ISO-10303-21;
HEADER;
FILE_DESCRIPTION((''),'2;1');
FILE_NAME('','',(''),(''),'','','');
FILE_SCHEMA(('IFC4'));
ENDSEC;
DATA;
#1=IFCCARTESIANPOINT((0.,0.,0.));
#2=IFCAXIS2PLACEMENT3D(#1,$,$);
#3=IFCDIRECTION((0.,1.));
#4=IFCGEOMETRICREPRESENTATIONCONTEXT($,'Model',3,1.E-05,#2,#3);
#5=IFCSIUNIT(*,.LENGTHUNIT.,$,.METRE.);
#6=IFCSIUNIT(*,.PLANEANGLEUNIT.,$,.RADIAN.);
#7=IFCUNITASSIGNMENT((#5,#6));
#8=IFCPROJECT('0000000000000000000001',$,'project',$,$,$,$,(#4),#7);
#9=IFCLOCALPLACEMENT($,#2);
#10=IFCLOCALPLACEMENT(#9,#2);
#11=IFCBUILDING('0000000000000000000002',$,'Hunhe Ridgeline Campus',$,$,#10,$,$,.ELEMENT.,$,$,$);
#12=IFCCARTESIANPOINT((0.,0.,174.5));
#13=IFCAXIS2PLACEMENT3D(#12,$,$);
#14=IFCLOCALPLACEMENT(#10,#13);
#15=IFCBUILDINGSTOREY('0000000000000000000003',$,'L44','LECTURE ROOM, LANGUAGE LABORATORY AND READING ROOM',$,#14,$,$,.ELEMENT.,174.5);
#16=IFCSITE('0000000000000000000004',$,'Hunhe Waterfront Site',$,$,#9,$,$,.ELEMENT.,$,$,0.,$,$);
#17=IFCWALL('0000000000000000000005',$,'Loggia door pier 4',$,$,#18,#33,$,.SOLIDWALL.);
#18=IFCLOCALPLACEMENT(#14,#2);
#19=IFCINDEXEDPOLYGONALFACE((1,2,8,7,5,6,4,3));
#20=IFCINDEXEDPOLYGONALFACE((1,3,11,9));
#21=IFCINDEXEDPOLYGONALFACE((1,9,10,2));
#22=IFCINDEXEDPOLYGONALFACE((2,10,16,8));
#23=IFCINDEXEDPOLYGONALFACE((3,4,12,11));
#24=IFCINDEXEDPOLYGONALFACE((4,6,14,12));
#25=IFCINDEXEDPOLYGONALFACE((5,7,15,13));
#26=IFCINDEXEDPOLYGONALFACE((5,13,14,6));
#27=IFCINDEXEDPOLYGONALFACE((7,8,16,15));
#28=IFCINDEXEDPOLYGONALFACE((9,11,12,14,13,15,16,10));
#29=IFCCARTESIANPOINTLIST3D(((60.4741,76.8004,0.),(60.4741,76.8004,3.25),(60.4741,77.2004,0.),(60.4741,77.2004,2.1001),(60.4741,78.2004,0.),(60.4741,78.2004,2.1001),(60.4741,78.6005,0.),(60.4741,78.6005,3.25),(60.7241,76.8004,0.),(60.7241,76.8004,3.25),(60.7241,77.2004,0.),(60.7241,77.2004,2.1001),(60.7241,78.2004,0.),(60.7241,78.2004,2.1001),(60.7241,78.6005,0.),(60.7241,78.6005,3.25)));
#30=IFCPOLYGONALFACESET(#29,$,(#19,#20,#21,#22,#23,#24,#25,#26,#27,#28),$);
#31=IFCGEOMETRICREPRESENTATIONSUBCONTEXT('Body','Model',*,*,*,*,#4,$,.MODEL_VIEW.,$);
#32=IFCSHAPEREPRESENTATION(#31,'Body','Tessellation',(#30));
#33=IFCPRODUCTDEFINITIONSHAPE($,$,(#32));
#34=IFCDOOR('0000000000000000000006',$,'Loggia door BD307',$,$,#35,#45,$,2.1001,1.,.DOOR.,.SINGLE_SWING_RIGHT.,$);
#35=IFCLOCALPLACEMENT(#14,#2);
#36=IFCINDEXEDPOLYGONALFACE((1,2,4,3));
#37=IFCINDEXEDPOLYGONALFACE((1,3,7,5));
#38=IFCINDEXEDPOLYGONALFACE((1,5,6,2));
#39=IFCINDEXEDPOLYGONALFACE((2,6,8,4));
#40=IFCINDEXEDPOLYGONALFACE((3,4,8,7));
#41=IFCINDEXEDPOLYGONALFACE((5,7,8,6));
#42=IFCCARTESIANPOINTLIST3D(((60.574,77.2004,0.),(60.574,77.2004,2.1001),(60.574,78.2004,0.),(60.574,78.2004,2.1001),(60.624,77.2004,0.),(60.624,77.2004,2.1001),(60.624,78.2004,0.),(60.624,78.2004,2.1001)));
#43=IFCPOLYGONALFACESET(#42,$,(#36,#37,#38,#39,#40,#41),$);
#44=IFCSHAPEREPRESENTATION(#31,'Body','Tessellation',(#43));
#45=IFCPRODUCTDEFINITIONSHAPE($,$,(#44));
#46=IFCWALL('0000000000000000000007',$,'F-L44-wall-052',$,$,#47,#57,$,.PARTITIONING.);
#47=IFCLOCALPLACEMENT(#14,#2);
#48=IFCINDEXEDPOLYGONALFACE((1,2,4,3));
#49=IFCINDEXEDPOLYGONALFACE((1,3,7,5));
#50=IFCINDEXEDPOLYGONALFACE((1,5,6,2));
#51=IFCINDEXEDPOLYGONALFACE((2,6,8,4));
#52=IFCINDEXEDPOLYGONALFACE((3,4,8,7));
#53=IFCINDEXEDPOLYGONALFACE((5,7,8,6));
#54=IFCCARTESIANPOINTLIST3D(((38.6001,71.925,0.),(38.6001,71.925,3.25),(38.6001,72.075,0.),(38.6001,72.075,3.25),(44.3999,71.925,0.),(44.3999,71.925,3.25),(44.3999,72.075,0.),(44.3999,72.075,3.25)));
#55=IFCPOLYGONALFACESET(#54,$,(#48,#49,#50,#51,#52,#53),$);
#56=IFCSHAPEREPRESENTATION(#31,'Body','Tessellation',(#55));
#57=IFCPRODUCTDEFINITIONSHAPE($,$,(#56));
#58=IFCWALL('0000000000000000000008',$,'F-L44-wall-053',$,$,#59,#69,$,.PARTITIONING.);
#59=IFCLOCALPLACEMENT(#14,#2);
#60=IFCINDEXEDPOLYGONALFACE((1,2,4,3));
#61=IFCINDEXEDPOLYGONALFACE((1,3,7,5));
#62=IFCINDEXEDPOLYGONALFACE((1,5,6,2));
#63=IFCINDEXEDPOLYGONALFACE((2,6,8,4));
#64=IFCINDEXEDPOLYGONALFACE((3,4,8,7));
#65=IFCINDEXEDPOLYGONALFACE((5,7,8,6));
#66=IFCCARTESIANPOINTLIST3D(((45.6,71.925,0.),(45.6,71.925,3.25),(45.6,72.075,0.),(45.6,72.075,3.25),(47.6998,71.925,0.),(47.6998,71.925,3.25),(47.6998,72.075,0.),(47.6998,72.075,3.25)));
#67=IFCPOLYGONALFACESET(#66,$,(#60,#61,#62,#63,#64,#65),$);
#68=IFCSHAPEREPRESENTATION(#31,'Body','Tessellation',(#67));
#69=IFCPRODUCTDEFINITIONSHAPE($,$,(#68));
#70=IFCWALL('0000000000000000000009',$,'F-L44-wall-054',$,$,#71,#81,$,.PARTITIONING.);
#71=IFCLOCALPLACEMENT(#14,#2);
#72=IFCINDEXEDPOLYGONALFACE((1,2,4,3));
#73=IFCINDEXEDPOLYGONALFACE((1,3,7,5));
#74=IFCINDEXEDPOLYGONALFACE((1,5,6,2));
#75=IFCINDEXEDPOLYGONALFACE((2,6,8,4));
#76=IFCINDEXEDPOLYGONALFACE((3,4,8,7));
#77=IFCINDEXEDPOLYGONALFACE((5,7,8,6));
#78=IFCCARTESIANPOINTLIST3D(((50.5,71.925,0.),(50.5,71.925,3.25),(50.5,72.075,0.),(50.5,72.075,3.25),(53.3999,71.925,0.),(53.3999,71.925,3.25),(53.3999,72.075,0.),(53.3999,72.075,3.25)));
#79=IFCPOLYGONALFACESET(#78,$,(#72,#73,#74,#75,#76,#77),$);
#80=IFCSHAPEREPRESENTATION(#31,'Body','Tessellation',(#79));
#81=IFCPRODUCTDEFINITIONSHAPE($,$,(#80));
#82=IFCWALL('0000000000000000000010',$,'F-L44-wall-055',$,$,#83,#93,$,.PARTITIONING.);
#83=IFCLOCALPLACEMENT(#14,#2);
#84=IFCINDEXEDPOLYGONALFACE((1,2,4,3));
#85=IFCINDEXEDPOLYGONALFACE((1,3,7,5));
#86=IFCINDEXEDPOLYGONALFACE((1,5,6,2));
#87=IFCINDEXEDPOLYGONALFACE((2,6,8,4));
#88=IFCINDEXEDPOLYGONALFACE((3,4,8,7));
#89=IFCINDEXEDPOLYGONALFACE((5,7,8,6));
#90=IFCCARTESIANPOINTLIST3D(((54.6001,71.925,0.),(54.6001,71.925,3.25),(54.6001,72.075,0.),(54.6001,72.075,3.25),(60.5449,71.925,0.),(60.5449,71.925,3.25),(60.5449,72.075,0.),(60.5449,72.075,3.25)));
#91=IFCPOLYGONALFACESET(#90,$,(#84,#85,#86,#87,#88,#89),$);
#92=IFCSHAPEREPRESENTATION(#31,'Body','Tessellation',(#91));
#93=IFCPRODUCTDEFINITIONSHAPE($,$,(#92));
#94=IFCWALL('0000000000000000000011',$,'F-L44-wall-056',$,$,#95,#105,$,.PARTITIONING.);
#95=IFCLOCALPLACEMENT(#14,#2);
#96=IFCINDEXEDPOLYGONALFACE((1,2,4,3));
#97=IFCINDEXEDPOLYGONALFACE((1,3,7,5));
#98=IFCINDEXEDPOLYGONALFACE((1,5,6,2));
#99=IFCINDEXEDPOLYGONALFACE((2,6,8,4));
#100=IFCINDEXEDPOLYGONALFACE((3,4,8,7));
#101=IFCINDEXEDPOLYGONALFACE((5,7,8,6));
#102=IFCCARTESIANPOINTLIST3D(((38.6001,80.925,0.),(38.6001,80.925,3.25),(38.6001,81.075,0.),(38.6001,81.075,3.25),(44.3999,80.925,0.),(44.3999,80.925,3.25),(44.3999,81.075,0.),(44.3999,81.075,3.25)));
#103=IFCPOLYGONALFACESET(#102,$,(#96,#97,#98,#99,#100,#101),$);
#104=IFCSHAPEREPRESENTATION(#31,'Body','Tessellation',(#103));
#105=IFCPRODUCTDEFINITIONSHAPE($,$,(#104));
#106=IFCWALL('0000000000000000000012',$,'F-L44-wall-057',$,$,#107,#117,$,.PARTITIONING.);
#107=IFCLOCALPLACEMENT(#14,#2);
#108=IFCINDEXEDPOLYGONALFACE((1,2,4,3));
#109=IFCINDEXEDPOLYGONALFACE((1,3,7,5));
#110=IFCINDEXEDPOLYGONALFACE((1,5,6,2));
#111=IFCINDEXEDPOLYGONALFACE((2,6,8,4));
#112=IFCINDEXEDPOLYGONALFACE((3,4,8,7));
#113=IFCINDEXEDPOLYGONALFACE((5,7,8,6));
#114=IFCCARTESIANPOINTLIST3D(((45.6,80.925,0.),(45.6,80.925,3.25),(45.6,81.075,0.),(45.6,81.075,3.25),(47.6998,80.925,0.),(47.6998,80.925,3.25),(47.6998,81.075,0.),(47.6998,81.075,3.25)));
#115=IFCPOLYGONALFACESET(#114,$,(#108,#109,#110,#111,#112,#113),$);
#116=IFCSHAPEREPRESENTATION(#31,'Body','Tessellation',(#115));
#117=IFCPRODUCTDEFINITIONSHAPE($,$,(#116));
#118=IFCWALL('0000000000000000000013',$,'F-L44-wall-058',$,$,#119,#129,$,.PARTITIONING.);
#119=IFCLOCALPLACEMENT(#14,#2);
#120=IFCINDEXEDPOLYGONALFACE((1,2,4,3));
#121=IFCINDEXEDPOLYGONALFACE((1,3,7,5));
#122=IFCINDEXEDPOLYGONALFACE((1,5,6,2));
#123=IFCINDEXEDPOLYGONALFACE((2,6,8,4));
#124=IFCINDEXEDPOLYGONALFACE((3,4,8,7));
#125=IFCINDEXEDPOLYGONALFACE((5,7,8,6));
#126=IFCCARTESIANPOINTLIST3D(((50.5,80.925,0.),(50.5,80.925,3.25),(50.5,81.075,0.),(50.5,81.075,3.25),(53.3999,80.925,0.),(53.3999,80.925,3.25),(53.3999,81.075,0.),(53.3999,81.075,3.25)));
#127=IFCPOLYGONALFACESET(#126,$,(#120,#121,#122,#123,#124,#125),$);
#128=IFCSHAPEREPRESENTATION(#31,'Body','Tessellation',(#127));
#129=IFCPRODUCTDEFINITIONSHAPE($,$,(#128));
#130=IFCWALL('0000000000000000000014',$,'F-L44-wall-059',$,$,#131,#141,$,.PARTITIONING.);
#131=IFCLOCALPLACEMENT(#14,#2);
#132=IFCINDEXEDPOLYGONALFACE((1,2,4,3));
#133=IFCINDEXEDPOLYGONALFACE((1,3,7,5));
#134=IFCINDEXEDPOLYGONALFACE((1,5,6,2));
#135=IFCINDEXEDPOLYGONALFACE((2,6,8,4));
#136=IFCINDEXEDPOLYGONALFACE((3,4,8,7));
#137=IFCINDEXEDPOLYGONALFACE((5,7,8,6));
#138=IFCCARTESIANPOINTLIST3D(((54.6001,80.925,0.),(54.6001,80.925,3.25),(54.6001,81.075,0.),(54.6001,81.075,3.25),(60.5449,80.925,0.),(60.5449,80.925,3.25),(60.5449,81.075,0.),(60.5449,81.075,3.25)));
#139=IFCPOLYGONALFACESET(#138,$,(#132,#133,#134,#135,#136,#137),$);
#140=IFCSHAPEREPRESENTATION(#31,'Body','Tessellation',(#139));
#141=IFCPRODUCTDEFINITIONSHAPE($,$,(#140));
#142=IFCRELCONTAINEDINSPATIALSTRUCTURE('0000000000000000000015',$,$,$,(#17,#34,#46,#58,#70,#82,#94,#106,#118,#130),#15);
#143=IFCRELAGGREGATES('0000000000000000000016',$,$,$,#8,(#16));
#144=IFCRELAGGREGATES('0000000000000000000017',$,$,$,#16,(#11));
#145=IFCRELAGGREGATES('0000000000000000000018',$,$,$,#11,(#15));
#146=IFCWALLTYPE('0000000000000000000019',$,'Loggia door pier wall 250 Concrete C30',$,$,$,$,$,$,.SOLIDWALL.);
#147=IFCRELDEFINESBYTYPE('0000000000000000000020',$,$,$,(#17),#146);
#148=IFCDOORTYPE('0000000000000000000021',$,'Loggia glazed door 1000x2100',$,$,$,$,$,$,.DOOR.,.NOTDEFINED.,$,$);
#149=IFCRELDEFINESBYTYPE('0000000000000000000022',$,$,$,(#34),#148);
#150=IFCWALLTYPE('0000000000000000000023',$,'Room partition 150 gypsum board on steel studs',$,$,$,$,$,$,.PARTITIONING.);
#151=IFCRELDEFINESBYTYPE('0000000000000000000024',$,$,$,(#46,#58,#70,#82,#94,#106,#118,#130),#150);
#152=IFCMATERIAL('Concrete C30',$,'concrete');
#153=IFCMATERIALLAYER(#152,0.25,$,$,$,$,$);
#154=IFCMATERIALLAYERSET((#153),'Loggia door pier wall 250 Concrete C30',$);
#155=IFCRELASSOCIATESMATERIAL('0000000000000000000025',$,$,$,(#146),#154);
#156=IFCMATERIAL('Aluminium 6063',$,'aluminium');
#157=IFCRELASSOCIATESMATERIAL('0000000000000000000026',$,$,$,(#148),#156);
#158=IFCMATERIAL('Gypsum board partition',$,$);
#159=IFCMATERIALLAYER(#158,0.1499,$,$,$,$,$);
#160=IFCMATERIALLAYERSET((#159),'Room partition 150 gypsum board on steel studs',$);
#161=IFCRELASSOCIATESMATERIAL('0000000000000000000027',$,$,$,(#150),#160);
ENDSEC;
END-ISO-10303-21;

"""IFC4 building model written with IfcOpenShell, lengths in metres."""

from ifc_helpers import new_model, si_unit, direction, frame, frame_2d, origin, place, context, subcontext, project, spatial, rectangle, extrude, material, layer, layer_set, type_object, element, fill, save


model = new_model("IFC4")

# Units and contexts
model_context = context("Model", 3, precision=1e-05, world=origin(), true_north=direction((0.0, 1.0)))
body_context = subcontext(model_context, "Body", "Model", "MODEL_VIEW")
ifc_project = project(units=[si_unit("LENGTHUNIT", "METRE"), si_unit("PLANEANGLEUNIT", "RADIAN")], contexts=[model_context])

# Site, building, storey
site_placement = place(None, origin())
site = spatial("IfcSite", under=ifc_project, at=site_placement, Name="Hunhe Waterfront Site", CompositionType="ELEMENT", RefElevation=0.0)
building_placement = place(site_placement, origin())
building = spatial("IfcBuilding", under=site, at=building_placement, Name="Hunhe Ridgeline Campus", CompositionType="ELEMENT")
storey_placement = place(building_placement, frame((0.0, 0.0, 174.5)))
storey = spatial("IfcBuildingStorey", under=building, at=storey_placement, Name="L44", Description="LECTURE ROOM, LANGUAGE LABORATORY AND READING ROOM", CompositionType="ELEMENT", Elevation=174.5)

# Shared definitions
ifc_material_1 = material(Name="Aluminium 6063", Category="aluminium")

# Wall, opening, door
ifc_material_2 = material(Name="Concrete C30", Category="concrete")
ifc_layer_1 = layer(ifc_material_2, 0.25)
ifc_layer_set_1 = layer_set([ifc_layer_1], Name="Loggia door pier wall 250 Concrete C30")
wall_type_1 = type_object("IfcWallType", Name="Loggia door pier wall 250 Concrete C30", PredefinedType="SOLIDWALL", material=ifc_layer_set_1)
wall_1_placement = place(storey_placement, frame((60.5991, 76.8005, 0.0), z_axis=(0.0, 0.0, 1.0), x_axis=(0.0, 1.0, 0.0)))
wall_1 = element("IfcWall", 1, at=wall_1_placement, inside=storey, type_object=wall_type_1, Name="Loggia door pier 4", PredefinedType="SOLIDWALL", context=body_context, shape_type="SweptSolid", body=[
    extrude(rectangle(XDim=1.8, YDim=0.25, at=frame_2d((0.8999, 0.0))), origin(), (0.0, 0.0, 1.0), 3.25),
])
opening_placement = place(wall_1_placement, frame((0.3999, 0.0, 0.0)))
opening = element("IfcOpeningElement", 2, at=opening_placement, cuts=wall_1, PredefinedType="OPENING", context=body_context, shape_type="SweptSolid", body=[
    extrude(rectangle(XDim=1.0, YDim=2.1001, at=frame_2d((0.5, 1.05))), frame((0.0, 0.125, 0.0), z_axis=(0.0, -1.0, 0.0), x_axis=(1.0, 0.0, 0.0)), (0.0, 0.0, 1.0), 0.25),
])
door_type = type_object("IfcDoorType", Name="Loggia glazed door 1000x2100", OperationType="NOTDEFINED", PredefinedType="DOOR", material=ifc_material_1)
door_placement = place(opening_placement, frame((1.0, 0.0, 0.0), z_axis=(0.0, 0.0, 1.0), x_axis=(-1.0, 0.0, 0.0)))
door = element("IfcDoor", 3, at=door_placement, inside=storey, type_object=door_type, Name="Loggia door BD307", OperationType="SINGLE_SWING_RIGHT", OverallHeight=2.1001, OverallWidth=1.0, PredefinedType="DOOR", context=body_context, shape_type="SweptSolid", body=[
    extrude(rectangle(XDim=1.0, YDim=2.1001, at=frame_2d((0.5, 1.05))), frame((0.0, 0.0249, 0.0), z_axis=(0.0, -1.0, 0.0), x_axis=(1.0, 0.0, 0.0)), (0.0, 0.0, 1.0), 0.05),
])
fill(opening, door)

# Walls
ifc_material_3 = material(Name="Gypsum board partition")
ifc_layer_2 = layer(ifc_material_3, 0.1499)
ifc_layer_set_2 = layer_set([ifc_layer_2], Name="Room partition 150 gypsum board on steel studs")
wall_type_2 = type_object("IfcWallType", Name="Room partition 150 gypsum board on steel studs", PredefinedType="PARTITIONING", material=ifc_layer_set_2)
wall_2_placement = place(storey_placement, frame((38.6001, 72.0, 0.0), z_axis=(0.0, 0.0, 1.0), x_axis=(1.0, 0.0, 0.0)))
element("IfcWall", 4, at=wall_2_placement, inside=storey, type_object=wall_type_2, Name="F-L44-wall-052", PredefinedType="PARTITIONING", context=body_context, shape_type="SweptSolid", body=[
    extrude(rectangle(XDim=5.7998, YDim=0.1499, at=frame_2d((2.8999, 0.0))), origin(), (0.0, 0.0, 1.0), 3.25),
])
wall_3_placement = place(storey_placement, frame((45.6001, 72.0, 0.0), z_axis=(0.0, 0.0, 1.0), x_axis=(1.0, 0.0, 0.0)))
element("IfcWall", 5, at=wall_3_placement, inside=storey, type_object=wall_type_2, Name="F-L44-wall-053", PredefinedType="PARTITIONING", context=body_context, shape_type="SweptSolid", body=[
    extrude(rectangle(XDim=2.0999, YDim=0.1499, at=frame_2d((1.0498, 0.0))), origin(), (0.0, 0.0, 1.0), 3.25),
])
wall_4_placement = place(storey_placement, frame((50.5, 72.0, 0.0), z_axis=(0.0, 0.0, 1.0), x_axis=(1.0, 0.0, 0.0)))
element("IfcWall", 6, at=wall_4_placement, inside=storey, type_object=wall_type_2, Name="F-L44-wall-054", PredefinedType="PARTITIONING", context=body_context, shape_type="SweptSolid", body=[
    extrude(rectangle(XDim=2.8999, YDim=0.1499, at=frame_2d((1.45, 0.0))), origin(), (0.0, 0.0, 1.0), 3.25),
])
wall_5_placement = place(storey_placement, frame((54.6001, 72.0, 0.0), z_axis=(0.0, 0.0, 1.0), x_axis=(1.0, 0.0, 0.0)))
element("IfcWall", 7, at=wall_5_placement, inside=storey, type_object=wall_type_2, Name="F-L44-wall-055", PredefinedType="PARTITIONING", context=body_context, shape_type="SweptSolid", body=[
    extrude(rectangle(XDim=5.9448, YDim=0.1499, at=frame_2d((2.9724, 0.0))), origin(), (0.0, 0.0, 1.0), 3.25),
])
wall_6_placement = place(storey_placement, frame((38.6001, 81.0, 0.0), z_axis=(0.0, 0.0, 1.0), x_axis=(1.0, 0.0, 0.0)))
element("IfcWall", 8, at=wall_6_placement, inside=storey, type_object=wall_type_2, Name="F-L44-wall-056", PredefinedType="PARTITIONING", context=body_context, shape_type="SweptSolid", body=[
    extrude(rectangle(XDim=5.7998, YDim=0.1499, at=frame_2d((2.8999, 0.0))), origin(), (0.0, 0.0, 1.0), 3.25),
])
wall_7_placement = place(storey_placement, frame((45.6001, 81.0, 0.0), z_axis=(0.0, 0.0, 1.0), x_axis=(1.0, 0.0, 0.0)))
element("IfcWall", 9, at=wall_7_placement, inside=storey, type_object=wall_type_2, Name="F-L44-wall-057", PredefinedType="PARTITIONING", context=body_context, shape_type="SweptSolid", body=[
    extrude(rectangle(XDim=2.0999, YDim=0.1499, at=frame_2d((1.0498, 0.0))), origin(), (0.0, 0.0, 1.0), 3.25),
])
wall_8_placement = place(storey_placement, frame((50.5, 81.0, 0.0), z_axis=(0.0, 0.0, 1.0), x_axis=(1.0, 0.0, 0.0)))
element("IfcWall", 10, at=wall_8_placement, inside=storey, type_object=wall_type_2, Name="F-L44-wall-058", PredefinedType="PARTITIONING", context=body_context, shape_type="SweptSolid", body=[
    extrude(rectangle(XDim=2.8999, YDim=0.1499, at=frame_2d((1.45, 0.0))), origin(), (0.0, 0.0, 1.0), 3.25),
])
wall_9_placement = place(storey_placement, frame((54.6001, 81.0, 0.0), z_axis=(0.0, 0.0, 1.0), x_axis=(1.0, 0.0, 0.0)))
element("IfcWall", 11, at=wall_9_placement, inside=storey, type_object=wall_type_2, Name="F-L44-wall-059", PredefinedType="PARTITIONING", context=body_context, shape_type="SweptSolid", body=[
    extrude(rectangle(XDim=5.9448, YDim=0.1499, at=frame_2d((2.9724, 0.0))), origin(), (0.0, 0.0, 1.0), 3.25),
])

save(model, "model.ifc")
